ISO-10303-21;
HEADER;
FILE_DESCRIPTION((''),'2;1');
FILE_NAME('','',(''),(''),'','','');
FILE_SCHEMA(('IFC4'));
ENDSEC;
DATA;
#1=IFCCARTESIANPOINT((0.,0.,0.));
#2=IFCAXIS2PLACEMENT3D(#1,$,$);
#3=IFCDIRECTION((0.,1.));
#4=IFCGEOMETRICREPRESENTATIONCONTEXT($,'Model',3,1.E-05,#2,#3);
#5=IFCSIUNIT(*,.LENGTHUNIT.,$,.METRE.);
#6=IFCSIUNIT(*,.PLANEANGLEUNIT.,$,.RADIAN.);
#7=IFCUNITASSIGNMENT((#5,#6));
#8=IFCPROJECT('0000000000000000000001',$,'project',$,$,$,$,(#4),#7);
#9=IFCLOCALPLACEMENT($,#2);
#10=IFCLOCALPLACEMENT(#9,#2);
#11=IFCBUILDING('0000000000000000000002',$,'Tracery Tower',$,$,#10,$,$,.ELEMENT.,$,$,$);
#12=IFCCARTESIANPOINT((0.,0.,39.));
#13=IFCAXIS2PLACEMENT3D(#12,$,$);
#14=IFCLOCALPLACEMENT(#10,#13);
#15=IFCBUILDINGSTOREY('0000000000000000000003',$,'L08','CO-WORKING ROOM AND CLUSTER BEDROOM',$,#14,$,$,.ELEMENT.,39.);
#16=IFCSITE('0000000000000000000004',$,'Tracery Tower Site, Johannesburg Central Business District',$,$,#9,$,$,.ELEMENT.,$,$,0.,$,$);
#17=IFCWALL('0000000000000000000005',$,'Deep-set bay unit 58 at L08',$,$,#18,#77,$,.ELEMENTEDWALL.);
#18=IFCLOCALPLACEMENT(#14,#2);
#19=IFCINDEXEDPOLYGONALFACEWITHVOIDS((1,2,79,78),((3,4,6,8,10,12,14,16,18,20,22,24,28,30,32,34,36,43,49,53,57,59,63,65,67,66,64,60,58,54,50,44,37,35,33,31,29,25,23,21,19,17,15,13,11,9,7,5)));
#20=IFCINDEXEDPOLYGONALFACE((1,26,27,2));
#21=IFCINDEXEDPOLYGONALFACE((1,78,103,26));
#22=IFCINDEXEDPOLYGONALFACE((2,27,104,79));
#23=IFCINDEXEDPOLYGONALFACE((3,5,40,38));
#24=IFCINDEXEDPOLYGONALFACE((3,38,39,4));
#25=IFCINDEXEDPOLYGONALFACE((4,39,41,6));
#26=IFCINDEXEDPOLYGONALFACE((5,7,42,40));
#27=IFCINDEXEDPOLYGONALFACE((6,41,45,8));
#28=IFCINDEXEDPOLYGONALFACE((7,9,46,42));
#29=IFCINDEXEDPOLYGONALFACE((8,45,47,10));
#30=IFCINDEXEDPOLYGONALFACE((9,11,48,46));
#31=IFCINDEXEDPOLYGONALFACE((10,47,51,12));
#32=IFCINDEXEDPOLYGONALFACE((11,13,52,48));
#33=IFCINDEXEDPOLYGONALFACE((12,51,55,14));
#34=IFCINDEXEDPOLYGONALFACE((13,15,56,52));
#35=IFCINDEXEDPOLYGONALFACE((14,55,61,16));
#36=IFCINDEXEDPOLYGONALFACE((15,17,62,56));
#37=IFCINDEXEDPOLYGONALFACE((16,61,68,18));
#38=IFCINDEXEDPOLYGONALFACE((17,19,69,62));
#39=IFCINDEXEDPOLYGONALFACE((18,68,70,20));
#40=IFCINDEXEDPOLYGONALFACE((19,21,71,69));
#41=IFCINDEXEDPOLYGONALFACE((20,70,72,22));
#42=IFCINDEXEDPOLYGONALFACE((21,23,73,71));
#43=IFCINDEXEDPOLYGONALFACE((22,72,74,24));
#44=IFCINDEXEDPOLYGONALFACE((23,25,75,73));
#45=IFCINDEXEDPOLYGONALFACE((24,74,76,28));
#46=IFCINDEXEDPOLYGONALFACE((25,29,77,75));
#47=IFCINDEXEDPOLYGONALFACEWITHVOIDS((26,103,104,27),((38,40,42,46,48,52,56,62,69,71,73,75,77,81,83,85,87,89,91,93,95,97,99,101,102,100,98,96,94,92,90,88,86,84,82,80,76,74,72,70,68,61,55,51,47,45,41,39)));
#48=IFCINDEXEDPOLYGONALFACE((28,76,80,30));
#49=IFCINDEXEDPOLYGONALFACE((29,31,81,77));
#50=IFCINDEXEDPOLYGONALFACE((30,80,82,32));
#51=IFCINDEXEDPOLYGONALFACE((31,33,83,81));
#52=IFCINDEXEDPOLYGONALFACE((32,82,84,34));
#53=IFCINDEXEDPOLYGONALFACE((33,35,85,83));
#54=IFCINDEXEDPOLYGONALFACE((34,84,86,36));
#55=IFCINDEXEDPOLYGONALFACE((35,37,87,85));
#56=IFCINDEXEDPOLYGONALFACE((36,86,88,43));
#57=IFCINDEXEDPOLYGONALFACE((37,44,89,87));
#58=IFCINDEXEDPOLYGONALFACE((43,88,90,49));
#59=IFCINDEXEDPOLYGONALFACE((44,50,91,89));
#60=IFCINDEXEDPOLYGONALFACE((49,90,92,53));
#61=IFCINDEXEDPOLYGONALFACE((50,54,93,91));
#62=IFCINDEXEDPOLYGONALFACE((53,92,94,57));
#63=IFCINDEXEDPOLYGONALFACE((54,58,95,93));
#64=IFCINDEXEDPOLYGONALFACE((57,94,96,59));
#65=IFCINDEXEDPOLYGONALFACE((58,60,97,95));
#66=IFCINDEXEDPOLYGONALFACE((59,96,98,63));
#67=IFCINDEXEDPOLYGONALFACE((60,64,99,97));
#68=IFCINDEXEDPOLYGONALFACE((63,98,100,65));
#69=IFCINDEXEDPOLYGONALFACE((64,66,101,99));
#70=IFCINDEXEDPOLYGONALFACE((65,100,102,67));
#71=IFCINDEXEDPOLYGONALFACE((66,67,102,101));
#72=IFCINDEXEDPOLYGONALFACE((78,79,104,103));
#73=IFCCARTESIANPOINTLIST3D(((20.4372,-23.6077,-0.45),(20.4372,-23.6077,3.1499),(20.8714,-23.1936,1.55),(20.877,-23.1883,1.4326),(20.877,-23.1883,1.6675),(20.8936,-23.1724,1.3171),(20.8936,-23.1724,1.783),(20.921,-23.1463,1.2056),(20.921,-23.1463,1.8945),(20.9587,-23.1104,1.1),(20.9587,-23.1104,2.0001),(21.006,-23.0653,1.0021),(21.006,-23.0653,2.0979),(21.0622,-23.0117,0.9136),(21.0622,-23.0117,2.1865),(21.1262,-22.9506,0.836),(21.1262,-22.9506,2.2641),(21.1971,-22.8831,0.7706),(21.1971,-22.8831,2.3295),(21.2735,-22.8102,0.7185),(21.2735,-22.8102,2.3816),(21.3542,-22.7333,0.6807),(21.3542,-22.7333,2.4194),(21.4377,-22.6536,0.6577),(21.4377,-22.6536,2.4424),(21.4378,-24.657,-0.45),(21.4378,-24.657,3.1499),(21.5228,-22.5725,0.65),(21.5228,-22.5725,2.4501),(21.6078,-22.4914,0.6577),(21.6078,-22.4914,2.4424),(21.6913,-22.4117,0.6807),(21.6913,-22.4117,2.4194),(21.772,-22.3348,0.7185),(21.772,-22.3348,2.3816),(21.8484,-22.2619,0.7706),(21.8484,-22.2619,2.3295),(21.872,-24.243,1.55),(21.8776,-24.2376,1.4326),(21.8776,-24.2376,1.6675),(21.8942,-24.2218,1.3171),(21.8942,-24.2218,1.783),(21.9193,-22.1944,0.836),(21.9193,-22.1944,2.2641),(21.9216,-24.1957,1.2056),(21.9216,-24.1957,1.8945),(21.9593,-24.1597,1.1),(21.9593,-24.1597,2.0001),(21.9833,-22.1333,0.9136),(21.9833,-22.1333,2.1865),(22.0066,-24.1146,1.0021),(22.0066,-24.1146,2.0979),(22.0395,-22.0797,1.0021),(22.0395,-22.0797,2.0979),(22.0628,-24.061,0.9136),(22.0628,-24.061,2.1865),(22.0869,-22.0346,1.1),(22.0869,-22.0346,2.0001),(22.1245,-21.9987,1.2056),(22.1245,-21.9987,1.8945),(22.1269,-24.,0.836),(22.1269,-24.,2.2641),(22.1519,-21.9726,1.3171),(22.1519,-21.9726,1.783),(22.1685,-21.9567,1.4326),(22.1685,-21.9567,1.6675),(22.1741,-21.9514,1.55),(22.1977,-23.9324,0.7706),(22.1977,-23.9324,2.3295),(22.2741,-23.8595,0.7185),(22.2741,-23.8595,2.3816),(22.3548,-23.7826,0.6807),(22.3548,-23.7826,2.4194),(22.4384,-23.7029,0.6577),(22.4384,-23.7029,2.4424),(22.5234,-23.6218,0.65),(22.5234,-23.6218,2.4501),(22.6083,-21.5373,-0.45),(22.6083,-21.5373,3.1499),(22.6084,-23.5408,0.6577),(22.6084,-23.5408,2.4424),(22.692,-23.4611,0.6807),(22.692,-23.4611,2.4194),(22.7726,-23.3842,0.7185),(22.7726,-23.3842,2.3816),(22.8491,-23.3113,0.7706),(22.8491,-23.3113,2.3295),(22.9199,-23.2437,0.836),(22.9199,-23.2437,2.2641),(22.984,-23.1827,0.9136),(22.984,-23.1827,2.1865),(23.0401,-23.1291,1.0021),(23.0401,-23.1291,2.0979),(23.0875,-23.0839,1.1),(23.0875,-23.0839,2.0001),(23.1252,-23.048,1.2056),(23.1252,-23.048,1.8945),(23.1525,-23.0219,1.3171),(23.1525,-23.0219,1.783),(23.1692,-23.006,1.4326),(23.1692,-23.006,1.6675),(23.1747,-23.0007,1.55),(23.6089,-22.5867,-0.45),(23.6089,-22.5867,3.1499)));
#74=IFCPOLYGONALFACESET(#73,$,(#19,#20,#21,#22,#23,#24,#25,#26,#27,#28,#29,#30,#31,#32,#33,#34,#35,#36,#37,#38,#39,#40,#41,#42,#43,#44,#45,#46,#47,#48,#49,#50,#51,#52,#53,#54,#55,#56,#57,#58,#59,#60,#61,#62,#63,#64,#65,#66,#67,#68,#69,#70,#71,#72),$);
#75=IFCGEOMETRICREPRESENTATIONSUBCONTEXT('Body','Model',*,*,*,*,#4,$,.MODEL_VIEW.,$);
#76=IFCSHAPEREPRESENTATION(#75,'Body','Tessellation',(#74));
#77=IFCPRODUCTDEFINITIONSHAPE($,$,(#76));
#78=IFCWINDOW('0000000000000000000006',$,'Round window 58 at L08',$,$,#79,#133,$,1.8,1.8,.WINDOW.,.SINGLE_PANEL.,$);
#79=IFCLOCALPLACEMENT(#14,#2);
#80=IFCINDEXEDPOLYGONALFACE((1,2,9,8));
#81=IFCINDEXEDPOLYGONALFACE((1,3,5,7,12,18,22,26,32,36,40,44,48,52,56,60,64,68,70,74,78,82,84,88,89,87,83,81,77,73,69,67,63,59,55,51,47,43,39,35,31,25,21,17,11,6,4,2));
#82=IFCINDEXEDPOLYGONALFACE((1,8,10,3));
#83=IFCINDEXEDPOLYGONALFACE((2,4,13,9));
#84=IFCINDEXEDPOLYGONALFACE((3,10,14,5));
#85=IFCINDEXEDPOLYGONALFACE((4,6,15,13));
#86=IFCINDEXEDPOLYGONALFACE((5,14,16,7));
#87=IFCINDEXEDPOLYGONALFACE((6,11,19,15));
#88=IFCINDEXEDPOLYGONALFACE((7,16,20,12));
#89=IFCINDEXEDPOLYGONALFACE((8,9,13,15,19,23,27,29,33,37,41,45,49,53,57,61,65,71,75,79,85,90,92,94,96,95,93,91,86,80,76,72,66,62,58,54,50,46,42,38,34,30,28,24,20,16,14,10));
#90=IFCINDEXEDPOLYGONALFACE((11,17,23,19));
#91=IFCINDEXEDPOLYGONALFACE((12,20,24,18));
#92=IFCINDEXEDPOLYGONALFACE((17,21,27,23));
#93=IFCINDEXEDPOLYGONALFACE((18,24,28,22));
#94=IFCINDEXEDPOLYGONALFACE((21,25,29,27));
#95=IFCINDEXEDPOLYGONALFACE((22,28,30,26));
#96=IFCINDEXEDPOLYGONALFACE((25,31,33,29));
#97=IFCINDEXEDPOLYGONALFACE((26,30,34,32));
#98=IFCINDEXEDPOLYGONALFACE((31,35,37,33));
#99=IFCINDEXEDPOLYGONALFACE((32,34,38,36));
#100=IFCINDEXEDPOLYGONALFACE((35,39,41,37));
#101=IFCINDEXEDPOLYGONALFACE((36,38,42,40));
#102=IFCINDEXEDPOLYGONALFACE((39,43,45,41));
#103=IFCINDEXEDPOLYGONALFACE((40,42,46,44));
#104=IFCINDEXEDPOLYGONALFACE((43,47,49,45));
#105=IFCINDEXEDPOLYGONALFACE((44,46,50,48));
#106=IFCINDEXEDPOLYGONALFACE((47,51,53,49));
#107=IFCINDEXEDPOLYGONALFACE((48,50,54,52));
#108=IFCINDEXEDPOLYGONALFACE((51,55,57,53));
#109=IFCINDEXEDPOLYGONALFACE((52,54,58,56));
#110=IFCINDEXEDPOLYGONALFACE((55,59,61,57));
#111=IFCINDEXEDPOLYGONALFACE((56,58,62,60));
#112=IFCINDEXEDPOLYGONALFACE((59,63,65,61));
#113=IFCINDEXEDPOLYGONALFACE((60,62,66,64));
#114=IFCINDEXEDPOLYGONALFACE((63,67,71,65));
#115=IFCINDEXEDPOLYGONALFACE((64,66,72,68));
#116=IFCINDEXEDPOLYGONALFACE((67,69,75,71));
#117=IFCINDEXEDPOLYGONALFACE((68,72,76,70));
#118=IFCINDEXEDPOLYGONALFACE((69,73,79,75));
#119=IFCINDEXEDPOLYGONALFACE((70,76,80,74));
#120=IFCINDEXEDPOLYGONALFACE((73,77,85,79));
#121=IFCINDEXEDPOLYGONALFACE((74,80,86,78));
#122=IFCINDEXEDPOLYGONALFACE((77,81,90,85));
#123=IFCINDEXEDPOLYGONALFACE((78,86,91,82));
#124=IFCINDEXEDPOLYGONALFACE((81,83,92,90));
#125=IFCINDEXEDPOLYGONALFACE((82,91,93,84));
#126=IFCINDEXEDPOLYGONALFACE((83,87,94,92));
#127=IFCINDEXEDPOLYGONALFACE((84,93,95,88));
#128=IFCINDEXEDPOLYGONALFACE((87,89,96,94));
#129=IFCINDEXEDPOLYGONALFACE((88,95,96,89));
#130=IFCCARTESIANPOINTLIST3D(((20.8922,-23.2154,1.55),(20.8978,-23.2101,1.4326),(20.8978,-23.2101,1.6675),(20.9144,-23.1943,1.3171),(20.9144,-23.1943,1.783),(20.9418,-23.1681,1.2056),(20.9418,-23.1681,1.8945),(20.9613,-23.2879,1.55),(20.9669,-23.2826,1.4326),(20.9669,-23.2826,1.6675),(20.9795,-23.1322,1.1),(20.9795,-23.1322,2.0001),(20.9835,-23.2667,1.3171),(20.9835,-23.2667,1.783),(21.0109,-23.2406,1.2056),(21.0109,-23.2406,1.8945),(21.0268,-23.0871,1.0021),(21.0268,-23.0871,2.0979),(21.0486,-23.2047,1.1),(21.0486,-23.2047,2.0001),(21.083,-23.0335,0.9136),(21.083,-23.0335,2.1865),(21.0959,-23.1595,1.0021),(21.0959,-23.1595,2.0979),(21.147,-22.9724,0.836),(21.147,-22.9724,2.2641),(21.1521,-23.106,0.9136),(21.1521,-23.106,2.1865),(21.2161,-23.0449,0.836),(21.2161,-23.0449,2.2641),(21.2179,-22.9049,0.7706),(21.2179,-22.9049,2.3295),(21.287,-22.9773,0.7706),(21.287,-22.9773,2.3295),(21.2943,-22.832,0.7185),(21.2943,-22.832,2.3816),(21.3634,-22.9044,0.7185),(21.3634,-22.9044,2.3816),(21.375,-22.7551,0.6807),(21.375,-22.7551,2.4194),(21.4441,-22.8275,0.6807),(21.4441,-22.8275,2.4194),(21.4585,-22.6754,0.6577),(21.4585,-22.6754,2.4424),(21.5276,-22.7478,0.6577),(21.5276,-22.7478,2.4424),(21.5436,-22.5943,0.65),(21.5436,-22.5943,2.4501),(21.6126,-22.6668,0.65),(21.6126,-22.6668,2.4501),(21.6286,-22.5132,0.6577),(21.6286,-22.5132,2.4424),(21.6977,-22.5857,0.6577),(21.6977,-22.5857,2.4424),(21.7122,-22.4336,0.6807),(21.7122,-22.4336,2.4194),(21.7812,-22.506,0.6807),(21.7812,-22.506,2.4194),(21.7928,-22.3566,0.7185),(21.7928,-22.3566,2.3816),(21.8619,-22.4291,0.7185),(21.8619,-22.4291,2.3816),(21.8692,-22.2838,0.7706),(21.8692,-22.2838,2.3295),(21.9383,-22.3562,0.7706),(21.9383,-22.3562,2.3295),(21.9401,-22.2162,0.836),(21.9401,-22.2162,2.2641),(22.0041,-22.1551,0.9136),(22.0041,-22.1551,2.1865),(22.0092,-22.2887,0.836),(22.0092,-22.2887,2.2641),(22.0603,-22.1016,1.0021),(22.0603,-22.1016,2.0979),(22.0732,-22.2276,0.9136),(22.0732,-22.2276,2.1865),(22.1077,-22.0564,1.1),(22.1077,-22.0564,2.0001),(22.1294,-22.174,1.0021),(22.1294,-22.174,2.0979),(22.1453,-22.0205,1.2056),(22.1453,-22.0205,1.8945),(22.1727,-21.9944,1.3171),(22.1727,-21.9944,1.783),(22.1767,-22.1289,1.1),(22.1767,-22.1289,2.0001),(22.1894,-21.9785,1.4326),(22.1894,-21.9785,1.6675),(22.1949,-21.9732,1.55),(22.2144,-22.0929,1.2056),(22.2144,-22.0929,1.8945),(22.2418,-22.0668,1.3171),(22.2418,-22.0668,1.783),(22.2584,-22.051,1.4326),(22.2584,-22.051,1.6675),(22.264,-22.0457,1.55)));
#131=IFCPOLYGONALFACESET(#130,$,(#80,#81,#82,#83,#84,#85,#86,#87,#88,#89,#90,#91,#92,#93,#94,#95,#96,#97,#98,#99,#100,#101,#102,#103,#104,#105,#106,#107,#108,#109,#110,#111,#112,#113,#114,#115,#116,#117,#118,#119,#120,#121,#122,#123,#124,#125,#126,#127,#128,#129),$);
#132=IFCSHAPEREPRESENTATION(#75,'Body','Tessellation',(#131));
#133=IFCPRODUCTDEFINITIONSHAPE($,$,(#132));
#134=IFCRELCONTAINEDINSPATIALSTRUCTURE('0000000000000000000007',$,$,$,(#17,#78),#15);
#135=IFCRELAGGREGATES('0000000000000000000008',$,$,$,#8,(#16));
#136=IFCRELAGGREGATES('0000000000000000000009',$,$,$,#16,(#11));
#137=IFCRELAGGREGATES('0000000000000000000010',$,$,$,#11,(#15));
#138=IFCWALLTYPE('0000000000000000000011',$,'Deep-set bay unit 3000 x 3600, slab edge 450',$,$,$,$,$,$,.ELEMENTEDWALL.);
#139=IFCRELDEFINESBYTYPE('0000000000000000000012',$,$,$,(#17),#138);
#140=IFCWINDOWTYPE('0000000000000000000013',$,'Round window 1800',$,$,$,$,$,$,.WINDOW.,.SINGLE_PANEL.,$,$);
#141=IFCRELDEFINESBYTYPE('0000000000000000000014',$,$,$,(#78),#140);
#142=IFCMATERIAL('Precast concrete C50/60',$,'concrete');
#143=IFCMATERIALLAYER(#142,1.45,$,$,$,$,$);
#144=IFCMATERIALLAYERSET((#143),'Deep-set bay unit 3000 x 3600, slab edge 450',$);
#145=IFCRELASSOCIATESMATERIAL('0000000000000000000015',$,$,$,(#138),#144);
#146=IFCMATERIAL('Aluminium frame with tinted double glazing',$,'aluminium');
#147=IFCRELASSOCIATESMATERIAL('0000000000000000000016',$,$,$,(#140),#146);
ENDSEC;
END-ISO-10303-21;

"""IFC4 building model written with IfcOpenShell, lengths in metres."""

from ifc_helpers import new_model, si_unit, direction, frame, frame_2d, origin, origin_2d, place, context, subcontext, project, spatial, rectangle, circle, extrude, material, layer, layer_set, type_object, element, fill, save


model = new_model("IFC4")

# Units and contexts
model_context = context("Model", 3, precision=1e-05, world=origin(), true_north=direction((0.0, 1.0)))
body_context = subcontext(model_context, "Body", "Model", "MODEL_VIEW")
ifc_project = project(units=[si_unit("LENGTHUNIT", "METRE"), si_unit("PLANEANGLEUNIT", "RADIAN")], contexts=[model_context])

# Site, building, storey
site_placement = place(None, origin())
site = spatial("IfcSite", under=ifc_project, at=site_placement, Name="Tracery Tower Site, Johannesburg Central Business District", CompositionType="ELEMENT", RefElevation=0.0)
building_placement = place(site_placement, origin())
building = spatial("IfcBuilding", under=site, at=building_placement, Name="Tracery Tower", CompositionType="ELEMENT")
storey_placement = place(building_placement, frame((0.0, 0.0, 39.0)))
storey = spatial("IfcBuildingStorey", under=building, at=storey_placement, Name="L08", Description="CO-WORKING ROOM AND CLUSTER BEDROOM", CompositionType="ELEMENT", Elevation=39.0)

# Wall, opening, window
ifc_material_1 = material(Name="Precast concrete C50/60", Category="concrete")
ifc_layer_1 = layer(ifc_material_1, 1.45)
ifc_layer_set_1 = layer_set([ifc_layer_1], Name="Deep-set bay unit 3000 x 3600, slab edge 450")
wall_type_1 = type_object("IfcWallType", Name="Deep-set bay unit 3000 x 3600, slab edge 450", PredefinedType="ELEMENTEDWALL", material=ifc_layer_set_1)
ifc_material_2 = material(Name="Aluminium frame with tinted double glazing", Category="aluminium")
window_type = type_object("IfcWindowType", Name="Round window 1800", PartitioningType="SINGLE_PANEL", PredefinedType="WINDOW", material=ifc_material_2)
wall_1_placement = place(storey_placement, frame((20.9375, -24.1323, -0.45), z_axis=(0.0, 0.0, 1.0), x_axis=(0.723712, 0.690102, 0.0)))
wall_1 = element("IfcWall", 1, at=wall_1_placement, inside=storey, type_object=wall_type_1, Name="Deep-set bay unit 58 at L08", PredefinedType="ELEMENTEDWALL", context=body_context, shape_type="SweptSolid", body=[
    extrude(rectangle(XDim=3.0, YDim=1.45, at=frame_2d((1.5, 0.0))), origin(), (0.0, 0.0, 1.0), 3.5999),
])
opening_1_placement = place(wall_1_placement, frame((1.5, 0.0, 2.0)))
opening_1 = element("IfcOpeningElement", 2, at=opening_1_placement, cuts=wall_1, PredefinedType="OPENING", context=body_context, shape_type="SweptSolid", body=[
    extrude(circle(Radius=0.9, at=origin_2d()), frame((0.0, 0.7349, 0.0), z_axis=(0.0, -1.0, 0.0), x_axis=(1.0, 0.0, 0.0)), (0.0, 0.0, 1.0), 1.47),
])
window_1_placement = place(opening_1_placement, origin())
window_1 = element("IfcWindow", 3, at=window_1_placement, inside=storey, type_object=window_type, Name="Round window 58 at L08", OverallHeight=1.8, OverallWidth=1.8, PartitioningType="SINGLE_PANEL", PredefinedType="WINDOW", context=body_context, shape_type="SweptSolid", body=[
    extrude(circle(Radius=0.9, at=origin_2d()), frame((0.0, 0.6948, 0.0), z_axis=(0.0, -1.0, 0.0), x_axis=(1.0, 0.0, 0.0)), (0.0, 0.0, 1.0), 0.1001),
])
fill(opening_1, window_1)

save(model, "model.ifc")
